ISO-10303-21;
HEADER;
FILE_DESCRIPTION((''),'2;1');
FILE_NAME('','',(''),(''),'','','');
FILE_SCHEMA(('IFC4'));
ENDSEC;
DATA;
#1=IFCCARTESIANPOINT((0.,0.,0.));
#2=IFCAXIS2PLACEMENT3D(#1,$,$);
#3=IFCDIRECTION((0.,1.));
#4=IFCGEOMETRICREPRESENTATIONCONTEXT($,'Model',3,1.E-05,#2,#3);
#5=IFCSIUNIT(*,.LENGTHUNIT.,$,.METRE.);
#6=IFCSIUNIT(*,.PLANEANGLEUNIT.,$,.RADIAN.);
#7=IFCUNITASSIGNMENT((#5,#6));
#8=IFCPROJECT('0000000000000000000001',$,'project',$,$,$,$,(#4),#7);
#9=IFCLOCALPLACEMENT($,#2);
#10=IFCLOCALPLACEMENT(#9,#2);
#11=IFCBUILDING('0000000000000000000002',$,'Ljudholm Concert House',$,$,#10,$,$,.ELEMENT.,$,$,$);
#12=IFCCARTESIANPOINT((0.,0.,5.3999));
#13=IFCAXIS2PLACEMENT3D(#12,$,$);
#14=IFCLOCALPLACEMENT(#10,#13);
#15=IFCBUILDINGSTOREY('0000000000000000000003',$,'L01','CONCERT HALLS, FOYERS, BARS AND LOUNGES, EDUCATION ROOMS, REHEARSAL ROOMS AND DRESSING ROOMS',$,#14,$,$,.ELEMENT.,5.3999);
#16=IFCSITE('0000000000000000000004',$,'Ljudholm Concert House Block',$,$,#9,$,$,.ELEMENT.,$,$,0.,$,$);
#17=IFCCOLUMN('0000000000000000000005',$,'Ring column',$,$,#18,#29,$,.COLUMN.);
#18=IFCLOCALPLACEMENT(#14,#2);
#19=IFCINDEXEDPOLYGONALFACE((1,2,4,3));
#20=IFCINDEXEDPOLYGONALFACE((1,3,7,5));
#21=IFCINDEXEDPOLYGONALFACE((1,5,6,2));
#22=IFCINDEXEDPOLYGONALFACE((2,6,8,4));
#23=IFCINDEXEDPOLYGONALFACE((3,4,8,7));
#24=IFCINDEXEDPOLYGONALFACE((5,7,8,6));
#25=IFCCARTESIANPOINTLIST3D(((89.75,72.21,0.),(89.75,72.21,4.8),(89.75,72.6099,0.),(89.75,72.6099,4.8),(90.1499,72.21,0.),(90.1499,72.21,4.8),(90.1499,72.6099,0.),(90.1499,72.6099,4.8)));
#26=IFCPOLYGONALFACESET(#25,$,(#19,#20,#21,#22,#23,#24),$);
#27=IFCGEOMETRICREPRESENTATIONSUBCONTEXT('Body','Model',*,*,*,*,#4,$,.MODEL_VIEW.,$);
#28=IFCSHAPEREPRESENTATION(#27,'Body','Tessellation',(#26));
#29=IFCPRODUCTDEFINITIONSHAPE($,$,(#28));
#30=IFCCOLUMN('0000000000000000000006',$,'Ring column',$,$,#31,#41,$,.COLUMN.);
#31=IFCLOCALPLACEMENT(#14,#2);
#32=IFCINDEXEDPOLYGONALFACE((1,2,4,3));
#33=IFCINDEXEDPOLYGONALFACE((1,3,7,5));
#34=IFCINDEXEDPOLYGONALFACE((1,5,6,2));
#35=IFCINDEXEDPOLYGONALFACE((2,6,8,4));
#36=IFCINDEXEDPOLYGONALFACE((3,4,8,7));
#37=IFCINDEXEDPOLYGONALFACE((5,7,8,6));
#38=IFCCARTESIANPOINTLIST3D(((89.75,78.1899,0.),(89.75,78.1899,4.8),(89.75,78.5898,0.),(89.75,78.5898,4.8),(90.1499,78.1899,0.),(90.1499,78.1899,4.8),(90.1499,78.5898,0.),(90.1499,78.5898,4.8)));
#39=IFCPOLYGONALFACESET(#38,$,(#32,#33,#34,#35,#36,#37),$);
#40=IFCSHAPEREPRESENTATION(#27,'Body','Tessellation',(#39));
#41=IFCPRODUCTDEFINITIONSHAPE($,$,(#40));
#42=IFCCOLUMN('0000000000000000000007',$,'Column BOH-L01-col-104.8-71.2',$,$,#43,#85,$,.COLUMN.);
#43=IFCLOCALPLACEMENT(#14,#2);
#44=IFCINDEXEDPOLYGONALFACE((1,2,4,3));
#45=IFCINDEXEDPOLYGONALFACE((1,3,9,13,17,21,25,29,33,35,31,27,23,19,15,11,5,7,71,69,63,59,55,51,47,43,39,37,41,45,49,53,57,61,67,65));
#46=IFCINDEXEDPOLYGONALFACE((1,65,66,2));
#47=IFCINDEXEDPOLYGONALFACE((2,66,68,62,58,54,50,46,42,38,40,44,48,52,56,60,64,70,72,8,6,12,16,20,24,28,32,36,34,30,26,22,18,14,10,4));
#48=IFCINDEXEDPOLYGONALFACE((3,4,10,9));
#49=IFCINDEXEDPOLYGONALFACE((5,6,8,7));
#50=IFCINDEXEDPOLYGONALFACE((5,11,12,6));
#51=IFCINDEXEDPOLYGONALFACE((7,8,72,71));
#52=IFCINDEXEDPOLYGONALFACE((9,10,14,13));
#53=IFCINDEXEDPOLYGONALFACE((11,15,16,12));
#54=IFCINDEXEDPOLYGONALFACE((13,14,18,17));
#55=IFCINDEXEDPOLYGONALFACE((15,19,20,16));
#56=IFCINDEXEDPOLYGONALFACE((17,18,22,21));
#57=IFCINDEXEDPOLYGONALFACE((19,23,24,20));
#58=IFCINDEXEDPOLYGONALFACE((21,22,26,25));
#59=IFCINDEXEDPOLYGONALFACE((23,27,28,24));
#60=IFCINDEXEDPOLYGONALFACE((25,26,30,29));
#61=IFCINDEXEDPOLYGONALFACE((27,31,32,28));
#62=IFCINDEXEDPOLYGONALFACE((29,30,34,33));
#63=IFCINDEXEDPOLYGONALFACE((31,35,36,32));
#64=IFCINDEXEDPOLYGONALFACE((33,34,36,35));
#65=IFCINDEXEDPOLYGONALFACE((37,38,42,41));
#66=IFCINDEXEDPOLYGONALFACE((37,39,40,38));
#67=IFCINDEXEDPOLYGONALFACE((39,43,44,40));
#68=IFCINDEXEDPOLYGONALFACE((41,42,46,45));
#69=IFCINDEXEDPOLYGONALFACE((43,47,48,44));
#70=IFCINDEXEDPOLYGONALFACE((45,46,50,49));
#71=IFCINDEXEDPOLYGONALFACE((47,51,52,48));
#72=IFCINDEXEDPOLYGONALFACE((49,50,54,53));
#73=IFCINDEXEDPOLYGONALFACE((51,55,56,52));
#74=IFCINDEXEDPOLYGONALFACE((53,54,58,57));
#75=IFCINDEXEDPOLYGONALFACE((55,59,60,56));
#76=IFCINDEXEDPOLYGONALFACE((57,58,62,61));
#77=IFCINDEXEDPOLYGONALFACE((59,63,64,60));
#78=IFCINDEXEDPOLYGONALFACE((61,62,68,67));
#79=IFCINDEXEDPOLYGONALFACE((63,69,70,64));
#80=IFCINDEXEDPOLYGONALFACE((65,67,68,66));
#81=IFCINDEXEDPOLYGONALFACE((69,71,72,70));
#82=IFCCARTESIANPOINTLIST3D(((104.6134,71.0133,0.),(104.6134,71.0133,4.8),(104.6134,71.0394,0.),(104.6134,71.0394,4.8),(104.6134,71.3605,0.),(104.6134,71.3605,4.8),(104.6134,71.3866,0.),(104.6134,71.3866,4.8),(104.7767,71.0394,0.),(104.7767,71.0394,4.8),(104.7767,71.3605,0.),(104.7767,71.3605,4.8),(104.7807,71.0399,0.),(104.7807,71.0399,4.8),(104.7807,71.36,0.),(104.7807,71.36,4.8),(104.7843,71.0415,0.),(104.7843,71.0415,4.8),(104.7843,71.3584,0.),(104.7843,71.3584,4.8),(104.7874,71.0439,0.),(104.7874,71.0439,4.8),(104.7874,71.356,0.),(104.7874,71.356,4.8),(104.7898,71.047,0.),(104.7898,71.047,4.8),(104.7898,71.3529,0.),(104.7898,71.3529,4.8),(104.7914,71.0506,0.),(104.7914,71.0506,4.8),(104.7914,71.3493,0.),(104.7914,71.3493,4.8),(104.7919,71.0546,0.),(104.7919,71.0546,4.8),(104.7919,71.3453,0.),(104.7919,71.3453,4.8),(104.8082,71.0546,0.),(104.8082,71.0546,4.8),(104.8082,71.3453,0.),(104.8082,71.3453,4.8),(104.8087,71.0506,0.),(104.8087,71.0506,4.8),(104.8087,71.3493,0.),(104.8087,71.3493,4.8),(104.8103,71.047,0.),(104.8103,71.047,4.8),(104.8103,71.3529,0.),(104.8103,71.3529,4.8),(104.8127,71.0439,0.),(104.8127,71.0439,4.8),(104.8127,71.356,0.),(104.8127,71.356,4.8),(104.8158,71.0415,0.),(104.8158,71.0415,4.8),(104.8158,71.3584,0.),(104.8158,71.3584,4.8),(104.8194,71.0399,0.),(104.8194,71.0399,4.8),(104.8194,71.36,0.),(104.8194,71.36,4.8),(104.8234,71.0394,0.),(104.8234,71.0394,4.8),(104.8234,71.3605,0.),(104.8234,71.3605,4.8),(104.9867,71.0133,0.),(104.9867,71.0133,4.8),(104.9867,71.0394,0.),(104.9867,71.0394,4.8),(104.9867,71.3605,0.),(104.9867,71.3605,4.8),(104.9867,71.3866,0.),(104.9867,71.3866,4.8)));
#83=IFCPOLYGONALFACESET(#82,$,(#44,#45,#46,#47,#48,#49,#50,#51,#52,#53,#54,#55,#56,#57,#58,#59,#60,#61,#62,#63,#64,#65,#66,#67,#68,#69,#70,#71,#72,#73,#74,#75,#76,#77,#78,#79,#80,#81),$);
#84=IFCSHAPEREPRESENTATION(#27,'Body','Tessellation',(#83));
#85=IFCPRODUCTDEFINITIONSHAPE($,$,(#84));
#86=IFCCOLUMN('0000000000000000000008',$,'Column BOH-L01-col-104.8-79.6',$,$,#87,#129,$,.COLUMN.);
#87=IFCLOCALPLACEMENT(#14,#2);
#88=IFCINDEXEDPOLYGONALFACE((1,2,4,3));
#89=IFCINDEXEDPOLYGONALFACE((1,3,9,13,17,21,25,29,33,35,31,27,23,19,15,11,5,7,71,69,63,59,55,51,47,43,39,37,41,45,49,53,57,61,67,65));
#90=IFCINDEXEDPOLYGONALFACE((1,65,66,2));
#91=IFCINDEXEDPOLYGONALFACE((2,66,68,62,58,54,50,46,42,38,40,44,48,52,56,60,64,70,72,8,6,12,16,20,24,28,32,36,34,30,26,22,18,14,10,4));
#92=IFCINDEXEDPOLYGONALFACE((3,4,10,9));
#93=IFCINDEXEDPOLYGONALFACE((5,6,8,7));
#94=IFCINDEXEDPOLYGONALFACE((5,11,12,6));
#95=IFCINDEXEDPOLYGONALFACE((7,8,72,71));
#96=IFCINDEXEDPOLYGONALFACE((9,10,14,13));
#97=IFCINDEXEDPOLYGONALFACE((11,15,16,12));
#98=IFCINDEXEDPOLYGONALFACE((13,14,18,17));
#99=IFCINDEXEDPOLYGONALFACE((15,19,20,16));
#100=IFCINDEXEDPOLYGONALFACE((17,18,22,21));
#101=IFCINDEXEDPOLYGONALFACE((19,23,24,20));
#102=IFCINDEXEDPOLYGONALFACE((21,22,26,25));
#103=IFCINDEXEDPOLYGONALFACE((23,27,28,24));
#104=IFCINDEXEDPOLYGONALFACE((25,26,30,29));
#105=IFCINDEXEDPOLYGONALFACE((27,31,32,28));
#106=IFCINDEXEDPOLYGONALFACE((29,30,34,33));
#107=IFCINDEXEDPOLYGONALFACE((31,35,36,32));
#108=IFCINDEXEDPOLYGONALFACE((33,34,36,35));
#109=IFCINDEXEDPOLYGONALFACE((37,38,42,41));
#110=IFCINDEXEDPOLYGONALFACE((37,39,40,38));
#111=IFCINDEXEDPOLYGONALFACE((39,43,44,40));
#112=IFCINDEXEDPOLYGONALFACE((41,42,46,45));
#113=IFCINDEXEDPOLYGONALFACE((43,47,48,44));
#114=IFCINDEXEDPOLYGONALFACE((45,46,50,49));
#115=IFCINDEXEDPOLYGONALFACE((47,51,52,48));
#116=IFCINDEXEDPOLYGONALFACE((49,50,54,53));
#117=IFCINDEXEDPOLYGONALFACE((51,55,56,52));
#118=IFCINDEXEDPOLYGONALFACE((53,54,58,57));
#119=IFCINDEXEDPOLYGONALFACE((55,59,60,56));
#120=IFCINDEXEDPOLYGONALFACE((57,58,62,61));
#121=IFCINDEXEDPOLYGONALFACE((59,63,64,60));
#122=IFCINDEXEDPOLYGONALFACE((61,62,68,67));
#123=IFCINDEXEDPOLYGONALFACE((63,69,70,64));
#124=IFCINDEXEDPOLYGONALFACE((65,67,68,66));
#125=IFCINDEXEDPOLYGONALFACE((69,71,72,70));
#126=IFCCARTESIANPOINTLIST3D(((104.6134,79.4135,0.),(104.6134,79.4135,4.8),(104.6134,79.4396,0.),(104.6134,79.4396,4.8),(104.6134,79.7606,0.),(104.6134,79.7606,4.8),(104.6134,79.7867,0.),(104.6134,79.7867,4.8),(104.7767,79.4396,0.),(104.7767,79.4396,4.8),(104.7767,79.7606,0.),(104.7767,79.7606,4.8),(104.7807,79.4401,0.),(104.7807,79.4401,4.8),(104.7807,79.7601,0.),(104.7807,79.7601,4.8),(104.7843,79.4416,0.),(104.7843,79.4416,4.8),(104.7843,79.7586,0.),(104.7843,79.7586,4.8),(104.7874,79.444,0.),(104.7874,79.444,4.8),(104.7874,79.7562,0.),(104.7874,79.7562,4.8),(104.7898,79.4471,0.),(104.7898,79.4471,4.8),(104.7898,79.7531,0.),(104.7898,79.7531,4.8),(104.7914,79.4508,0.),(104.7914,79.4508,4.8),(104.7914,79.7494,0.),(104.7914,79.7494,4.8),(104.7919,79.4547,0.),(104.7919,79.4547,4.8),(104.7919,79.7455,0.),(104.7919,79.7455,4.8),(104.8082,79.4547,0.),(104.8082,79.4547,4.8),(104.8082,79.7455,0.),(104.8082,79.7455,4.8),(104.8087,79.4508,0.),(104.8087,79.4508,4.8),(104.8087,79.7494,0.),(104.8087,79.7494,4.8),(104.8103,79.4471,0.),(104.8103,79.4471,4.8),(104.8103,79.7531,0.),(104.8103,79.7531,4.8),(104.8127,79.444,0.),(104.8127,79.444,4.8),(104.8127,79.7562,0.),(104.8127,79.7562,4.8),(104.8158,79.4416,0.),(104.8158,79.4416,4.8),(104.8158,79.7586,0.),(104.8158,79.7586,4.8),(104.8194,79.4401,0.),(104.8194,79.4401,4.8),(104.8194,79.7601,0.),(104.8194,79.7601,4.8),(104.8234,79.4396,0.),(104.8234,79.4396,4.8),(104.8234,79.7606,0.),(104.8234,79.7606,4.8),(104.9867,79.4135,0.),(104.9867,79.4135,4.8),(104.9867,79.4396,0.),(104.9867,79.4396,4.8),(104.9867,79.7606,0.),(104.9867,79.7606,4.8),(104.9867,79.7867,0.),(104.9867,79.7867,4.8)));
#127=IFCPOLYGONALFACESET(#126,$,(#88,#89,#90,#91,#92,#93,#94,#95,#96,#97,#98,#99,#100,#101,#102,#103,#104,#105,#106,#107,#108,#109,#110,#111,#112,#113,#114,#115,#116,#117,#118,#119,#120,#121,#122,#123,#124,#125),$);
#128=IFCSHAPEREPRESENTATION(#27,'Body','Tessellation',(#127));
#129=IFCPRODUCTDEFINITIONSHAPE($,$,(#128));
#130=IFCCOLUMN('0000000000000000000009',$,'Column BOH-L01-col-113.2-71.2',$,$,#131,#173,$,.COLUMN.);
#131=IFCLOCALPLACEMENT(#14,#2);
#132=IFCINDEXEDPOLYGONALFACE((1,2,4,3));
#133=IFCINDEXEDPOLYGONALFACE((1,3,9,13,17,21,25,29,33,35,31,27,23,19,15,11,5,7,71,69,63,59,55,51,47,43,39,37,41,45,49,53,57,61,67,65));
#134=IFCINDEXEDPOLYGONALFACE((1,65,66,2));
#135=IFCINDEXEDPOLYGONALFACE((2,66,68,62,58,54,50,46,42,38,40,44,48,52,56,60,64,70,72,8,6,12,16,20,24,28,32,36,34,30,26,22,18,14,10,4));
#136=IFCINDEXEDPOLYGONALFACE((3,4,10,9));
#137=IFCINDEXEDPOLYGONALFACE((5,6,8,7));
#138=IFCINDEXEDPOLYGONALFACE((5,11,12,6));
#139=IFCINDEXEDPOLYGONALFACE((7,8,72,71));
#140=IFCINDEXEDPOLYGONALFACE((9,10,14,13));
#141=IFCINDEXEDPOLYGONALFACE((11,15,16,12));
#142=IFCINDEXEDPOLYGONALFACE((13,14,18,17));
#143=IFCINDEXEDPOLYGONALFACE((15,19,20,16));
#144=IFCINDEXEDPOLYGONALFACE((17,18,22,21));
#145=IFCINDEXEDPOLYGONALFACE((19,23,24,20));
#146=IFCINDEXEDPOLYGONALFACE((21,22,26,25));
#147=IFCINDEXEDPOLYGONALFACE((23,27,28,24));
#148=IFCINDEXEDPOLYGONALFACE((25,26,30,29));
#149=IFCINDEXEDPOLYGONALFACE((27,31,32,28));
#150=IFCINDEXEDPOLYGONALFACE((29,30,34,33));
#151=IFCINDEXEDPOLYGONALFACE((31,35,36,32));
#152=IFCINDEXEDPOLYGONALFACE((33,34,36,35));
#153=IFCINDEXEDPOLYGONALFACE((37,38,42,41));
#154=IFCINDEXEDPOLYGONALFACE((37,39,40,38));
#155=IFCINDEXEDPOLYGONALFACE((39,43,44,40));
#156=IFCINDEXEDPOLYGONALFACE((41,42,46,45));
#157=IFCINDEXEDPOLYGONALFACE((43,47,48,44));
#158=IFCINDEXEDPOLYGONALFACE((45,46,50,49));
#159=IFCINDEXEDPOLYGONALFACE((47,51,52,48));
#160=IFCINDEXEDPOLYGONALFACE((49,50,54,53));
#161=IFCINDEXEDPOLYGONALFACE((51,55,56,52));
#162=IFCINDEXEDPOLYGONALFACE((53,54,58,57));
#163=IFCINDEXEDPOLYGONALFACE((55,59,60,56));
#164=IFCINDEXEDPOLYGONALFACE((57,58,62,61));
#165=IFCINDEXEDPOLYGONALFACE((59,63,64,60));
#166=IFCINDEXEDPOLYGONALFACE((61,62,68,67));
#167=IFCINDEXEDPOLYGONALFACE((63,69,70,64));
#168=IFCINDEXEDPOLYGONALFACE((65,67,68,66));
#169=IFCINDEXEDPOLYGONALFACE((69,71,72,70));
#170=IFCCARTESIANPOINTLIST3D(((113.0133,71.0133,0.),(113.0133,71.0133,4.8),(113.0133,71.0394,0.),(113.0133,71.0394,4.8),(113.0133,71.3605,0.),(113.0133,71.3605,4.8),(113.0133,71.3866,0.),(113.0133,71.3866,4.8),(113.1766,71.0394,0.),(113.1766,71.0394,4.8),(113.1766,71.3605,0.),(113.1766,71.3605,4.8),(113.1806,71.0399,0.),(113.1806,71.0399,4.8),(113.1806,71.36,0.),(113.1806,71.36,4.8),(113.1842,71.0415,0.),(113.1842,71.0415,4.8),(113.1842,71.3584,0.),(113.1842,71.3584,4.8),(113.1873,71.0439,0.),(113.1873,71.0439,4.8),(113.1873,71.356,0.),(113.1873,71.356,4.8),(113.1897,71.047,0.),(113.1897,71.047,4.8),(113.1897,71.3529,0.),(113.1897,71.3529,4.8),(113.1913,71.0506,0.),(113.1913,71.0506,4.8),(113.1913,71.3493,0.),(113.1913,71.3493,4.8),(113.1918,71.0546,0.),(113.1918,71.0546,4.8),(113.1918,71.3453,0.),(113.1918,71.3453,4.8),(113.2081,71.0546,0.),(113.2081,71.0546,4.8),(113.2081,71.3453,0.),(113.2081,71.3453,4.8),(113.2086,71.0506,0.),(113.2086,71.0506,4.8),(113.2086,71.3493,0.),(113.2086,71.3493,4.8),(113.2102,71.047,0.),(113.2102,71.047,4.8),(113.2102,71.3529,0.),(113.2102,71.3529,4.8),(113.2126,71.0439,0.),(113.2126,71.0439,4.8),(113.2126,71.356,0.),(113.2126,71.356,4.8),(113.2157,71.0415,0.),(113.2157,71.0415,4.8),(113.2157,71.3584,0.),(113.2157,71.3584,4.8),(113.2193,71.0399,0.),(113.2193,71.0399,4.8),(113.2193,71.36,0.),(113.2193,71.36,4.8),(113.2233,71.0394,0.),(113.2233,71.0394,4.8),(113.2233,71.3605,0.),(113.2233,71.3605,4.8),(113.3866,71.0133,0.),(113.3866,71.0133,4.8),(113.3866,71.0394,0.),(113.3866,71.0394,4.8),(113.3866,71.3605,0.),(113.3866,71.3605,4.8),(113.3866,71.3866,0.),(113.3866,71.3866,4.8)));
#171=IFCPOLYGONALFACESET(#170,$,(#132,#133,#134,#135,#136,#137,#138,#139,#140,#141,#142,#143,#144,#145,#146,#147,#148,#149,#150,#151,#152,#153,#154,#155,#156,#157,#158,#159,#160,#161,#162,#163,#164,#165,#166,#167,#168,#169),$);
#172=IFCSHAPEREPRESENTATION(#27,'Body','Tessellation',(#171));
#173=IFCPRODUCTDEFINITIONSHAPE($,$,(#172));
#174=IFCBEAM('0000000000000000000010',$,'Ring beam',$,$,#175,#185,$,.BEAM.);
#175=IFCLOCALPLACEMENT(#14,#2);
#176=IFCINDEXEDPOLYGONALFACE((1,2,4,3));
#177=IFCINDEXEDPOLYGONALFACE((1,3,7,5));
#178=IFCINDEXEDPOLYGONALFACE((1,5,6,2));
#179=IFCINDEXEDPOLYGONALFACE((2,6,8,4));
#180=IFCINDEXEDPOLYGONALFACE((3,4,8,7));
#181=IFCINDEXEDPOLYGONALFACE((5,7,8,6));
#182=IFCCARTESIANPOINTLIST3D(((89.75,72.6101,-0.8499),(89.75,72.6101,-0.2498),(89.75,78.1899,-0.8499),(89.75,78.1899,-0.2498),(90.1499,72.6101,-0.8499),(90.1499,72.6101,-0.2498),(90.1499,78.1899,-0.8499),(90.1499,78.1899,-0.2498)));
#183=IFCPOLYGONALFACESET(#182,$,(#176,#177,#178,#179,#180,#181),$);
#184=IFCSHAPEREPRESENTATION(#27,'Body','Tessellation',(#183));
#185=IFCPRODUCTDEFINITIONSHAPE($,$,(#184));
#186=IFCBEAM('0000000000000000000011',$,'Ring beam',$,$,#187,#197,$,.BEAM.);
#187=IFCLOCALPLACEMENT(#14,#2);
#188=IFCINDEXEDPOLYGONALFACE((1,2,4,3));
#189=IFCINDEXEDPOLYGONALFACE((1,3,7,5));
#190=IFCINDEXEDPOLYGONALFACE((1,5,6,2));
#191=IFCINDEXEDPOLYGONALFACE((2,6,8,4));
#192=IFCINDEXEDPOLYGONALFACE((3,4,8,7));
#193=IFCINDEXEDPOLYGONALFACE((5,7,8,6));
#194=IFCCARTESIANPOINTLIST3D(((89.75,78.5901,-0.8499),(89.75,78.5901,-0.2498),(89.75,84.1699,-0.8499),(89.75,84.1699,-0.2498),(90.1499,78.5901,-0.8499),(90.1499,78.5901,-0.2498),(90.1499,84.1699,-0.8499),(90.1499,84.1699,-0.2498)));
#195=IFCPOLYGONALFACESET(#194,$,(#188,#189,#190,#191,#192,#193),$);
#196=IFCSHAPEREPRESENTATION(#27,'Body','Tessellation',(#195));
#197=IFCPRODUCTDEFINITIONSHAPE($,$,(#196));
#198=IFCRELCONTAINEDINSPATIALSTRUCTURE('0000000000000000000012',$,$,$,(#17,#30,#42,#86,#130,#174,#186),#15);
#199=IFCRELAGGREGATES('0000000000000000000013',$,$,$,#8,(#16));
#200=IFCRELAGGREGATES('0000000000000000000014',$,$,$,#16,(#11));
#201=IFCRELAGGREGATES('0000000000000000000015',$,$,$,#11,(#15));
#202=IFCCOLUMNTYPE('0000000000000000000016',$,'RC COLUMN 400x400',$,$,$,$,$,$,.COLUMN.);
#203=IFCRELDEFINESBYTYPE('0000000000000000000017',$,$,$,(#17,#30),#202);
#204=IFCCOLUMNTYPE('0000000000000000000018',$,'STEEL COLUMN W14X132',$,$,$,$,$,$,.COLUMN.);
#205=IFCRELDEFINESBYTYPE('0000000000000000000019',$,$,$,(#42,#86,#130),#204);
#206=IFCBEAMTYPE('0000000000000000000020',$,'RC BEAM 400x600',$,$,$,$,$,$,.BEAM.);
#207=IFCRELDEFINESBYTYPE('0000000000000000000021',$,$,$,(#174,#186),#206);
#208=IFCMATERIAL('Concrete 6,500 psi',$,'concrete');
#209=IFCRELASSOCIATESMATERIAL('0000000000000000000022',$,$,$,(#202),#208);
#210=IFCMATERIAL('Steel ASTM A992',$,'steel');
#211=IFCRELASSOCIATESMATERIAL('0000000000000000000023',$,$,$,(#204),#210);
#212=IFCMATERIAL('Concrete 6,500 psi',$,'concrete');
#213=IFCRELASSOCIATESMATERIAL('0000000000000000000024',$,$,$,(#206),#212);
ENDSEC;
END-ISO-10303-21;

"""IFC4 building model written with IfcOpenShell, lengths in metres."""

from ifc_helpers import new_model, si_unit, direction, frame, origin, origin_2d, place, context, subcontext, project, spatial, rectangle, i_section, extrude, material, material_profile, profile_set, type_object, element, save


model = new_model("IFC4")

# Units and contexts
model_context = context("Model", 3, precision=1e-05, world=origin(), true_north=direction((0.0, 1.0)))
body_context = subcontext(model_context, "Body", "Model", "MODEL_VIEW")
ifc_project = project(units=[si_unit("LENGTHUNIT", "METRE"), si_unit("PLANEANGLEUNIT", "RADIAN")], contexts=[model_context])

# Site, building, storey
site_placement = place(None, origin())
site = spatial("IfcSite", under=ifc_project, at=site_placement, Name="Ljudholm Concert House Block", CompositionType="ELEMENT", RefElevation=0.0)
building_placement = place(site_placement, origin())
building = spatial("IfcBuilding", under=site, at=building_placement, Name="Ljudholm Concert House", CompositionType="ELEMENT")
storey_placement = place(building_placement, frame((0.0, 0.0, 5.3999)))
storey = spatial("IfcBuildingStorey", under=building, at=storey_placement, Name="L01", Description="CONCERT HALLS, FOYERS, BARS AND LOUNGES, EDUCATION ROOMS, REHEARSAL ROOMS AND DRESSING ROOMS", CompositionType="ELEMENT", Elevation=5.3999)

# Columns
ifc_material_1 = material(Name="Concrete 6,500 psi", Category="concrete")
ifc_material_profile_1 = material_profile(ifc_material_1, rectangle(XDim=0.3999, YDim=0.3999, at=origin_2d()), Name="RC COLUMN 400x400")
ifc_profile_set_1 = profile_set([ifc_material_profile_1], Name="Concrete 6,500 psi")
column_type_1 = type_object("IfcColumnType", Name="RC COLUMN 400x400", PredefinedType="COLUMN", material=ifc_profile_set_1)
for number, where, z_axis, x_axis, name in (
    (1, (89.95, 72.4099, 0.0), (0.0, 0.0, 1.0), (1.0, 0.0, 0.0), "Ring column"),
    (2, (89.95, 78.3899, 0.0), (0.0, 0.0, 1.0), (1.0, 0.0, 0.0), "Ring column"),
):
    element("IfcColumn", number, at=place(storey_placement, frame(where, z_axis=z_axis, x_axis=x_axis)), inside=storey, type_object=column_type_1, Name=name, PredefinedType="COLUMN", context=body_context, shape_type="SweptSolid", body=[
        extrude(rectangle(XDim=0.3999, YDim=0.3999, at=origin_2d()), origin(), (0.0, 0.0, 1.0), 4.8),
    ])
ifc_material_2 = material(Name="Steel ASTM A992", Category="steel")
ifc_material_profile_2 = material_profile(ifc_material_2, i_section(OverallWidth=0.3733, OverallDepth=0.3733, WebThickness=0.0164, FlangeThickness=0.0261, FilletRadius=0.0151, at=origin_2d()), Name="W14X132")
ifc_profile_set_2 = profile_set([ifc_material_profile_2], Name="Steel ASTM A992")
column_type_2 = type_object("IfcColumnType", Name="STEEL COLUMN W14X132", PredefinedType="COLUMN", material=ifc_profile_set_2)
for number, where, z_axis, x_axis, name in (
    (3, (104.8, 71.2, 0.0), (0.0, 0.0, 1.0), (1.0, 0.0, 0.0), "Column BOH-L01-col-104.8-71.2"),
    (4, (104.8, 79.6001, 0.0), (0.0, 0.0, 1.0), (1.0, 0.0, 0.0), "Column BOH-L01-col-104.8-79.6"),
    (5, (113.2, 71.2, 0.0), (0.0, 0.0, 1.0), (1.0, 0.0, 0.0), "Column BOH-L01-col-113.2-71.2"),
):
    element("IfcColumn", number, at=place(storey_placement, frame(where, z_axis=z_axis, x_axis=x_axis)), inside=storey, type_object=column_type_2, Name=name, PredefinedType="COLUMN", context=body_context, shape_type="SweptSolid", body=[
        extrude(i_section(OverallWidth=0.3733, OverallDepth=0.3733, WebThickness=0.0164, FlangeThickness=0.0261, FilletRadius=0.0151, at=origin_2d()), origin(), (0.0, 0.0, 1.0), 4.8),
    ])

# Beams
ifc_material_3 = material(Name="Concrete 6,500 psi", Category="concrete")
ifc_material_profile_3 = material_profile(ifc_material_3, rectangle(XDim=0.3999, YDim=0.6001, at=origin_2d()), Name="RC BEAM 400x600")
ifc_profile_set_3 = profile_set([ifc_material_profile_3], Name="Concrete 6,500 psi")
beam_type_1 = type_object("IfcBeamType", Name="RC BEAM 400x600", PredefinedType="BEAM", material=ifc_profile_set_3)
for number, where, z_axis, x_axis, name in (
    (6, (89.95, 72.6101, -0.5498), (0.0, 1.0, 0.0), (-1.0, 0.0, 0.0), "Ring beam"),
    (7, (89.95, 78.5901, -0.5498), (0.0, 1.0, 0.0), (-1.0, 0.0, 0.0), "Ring beam"),
):
    element("IfcBeam", number, at=place(storey_placement, frame(where, z_axis=z_axis, x_axis=x_axis)), inside=storey, type_object=beam_type_1, Name=name, PredefinedType="BEAM", context=body_context, shape_type="SweptSolid", body=[
        extrude(rectangle(XDim=0.3999, YDim=0.6001, at=origin_2d()), origin(), (0.0, 0.0, 1.0), 5.5798),
    ])

save(model, "model.ifc")
